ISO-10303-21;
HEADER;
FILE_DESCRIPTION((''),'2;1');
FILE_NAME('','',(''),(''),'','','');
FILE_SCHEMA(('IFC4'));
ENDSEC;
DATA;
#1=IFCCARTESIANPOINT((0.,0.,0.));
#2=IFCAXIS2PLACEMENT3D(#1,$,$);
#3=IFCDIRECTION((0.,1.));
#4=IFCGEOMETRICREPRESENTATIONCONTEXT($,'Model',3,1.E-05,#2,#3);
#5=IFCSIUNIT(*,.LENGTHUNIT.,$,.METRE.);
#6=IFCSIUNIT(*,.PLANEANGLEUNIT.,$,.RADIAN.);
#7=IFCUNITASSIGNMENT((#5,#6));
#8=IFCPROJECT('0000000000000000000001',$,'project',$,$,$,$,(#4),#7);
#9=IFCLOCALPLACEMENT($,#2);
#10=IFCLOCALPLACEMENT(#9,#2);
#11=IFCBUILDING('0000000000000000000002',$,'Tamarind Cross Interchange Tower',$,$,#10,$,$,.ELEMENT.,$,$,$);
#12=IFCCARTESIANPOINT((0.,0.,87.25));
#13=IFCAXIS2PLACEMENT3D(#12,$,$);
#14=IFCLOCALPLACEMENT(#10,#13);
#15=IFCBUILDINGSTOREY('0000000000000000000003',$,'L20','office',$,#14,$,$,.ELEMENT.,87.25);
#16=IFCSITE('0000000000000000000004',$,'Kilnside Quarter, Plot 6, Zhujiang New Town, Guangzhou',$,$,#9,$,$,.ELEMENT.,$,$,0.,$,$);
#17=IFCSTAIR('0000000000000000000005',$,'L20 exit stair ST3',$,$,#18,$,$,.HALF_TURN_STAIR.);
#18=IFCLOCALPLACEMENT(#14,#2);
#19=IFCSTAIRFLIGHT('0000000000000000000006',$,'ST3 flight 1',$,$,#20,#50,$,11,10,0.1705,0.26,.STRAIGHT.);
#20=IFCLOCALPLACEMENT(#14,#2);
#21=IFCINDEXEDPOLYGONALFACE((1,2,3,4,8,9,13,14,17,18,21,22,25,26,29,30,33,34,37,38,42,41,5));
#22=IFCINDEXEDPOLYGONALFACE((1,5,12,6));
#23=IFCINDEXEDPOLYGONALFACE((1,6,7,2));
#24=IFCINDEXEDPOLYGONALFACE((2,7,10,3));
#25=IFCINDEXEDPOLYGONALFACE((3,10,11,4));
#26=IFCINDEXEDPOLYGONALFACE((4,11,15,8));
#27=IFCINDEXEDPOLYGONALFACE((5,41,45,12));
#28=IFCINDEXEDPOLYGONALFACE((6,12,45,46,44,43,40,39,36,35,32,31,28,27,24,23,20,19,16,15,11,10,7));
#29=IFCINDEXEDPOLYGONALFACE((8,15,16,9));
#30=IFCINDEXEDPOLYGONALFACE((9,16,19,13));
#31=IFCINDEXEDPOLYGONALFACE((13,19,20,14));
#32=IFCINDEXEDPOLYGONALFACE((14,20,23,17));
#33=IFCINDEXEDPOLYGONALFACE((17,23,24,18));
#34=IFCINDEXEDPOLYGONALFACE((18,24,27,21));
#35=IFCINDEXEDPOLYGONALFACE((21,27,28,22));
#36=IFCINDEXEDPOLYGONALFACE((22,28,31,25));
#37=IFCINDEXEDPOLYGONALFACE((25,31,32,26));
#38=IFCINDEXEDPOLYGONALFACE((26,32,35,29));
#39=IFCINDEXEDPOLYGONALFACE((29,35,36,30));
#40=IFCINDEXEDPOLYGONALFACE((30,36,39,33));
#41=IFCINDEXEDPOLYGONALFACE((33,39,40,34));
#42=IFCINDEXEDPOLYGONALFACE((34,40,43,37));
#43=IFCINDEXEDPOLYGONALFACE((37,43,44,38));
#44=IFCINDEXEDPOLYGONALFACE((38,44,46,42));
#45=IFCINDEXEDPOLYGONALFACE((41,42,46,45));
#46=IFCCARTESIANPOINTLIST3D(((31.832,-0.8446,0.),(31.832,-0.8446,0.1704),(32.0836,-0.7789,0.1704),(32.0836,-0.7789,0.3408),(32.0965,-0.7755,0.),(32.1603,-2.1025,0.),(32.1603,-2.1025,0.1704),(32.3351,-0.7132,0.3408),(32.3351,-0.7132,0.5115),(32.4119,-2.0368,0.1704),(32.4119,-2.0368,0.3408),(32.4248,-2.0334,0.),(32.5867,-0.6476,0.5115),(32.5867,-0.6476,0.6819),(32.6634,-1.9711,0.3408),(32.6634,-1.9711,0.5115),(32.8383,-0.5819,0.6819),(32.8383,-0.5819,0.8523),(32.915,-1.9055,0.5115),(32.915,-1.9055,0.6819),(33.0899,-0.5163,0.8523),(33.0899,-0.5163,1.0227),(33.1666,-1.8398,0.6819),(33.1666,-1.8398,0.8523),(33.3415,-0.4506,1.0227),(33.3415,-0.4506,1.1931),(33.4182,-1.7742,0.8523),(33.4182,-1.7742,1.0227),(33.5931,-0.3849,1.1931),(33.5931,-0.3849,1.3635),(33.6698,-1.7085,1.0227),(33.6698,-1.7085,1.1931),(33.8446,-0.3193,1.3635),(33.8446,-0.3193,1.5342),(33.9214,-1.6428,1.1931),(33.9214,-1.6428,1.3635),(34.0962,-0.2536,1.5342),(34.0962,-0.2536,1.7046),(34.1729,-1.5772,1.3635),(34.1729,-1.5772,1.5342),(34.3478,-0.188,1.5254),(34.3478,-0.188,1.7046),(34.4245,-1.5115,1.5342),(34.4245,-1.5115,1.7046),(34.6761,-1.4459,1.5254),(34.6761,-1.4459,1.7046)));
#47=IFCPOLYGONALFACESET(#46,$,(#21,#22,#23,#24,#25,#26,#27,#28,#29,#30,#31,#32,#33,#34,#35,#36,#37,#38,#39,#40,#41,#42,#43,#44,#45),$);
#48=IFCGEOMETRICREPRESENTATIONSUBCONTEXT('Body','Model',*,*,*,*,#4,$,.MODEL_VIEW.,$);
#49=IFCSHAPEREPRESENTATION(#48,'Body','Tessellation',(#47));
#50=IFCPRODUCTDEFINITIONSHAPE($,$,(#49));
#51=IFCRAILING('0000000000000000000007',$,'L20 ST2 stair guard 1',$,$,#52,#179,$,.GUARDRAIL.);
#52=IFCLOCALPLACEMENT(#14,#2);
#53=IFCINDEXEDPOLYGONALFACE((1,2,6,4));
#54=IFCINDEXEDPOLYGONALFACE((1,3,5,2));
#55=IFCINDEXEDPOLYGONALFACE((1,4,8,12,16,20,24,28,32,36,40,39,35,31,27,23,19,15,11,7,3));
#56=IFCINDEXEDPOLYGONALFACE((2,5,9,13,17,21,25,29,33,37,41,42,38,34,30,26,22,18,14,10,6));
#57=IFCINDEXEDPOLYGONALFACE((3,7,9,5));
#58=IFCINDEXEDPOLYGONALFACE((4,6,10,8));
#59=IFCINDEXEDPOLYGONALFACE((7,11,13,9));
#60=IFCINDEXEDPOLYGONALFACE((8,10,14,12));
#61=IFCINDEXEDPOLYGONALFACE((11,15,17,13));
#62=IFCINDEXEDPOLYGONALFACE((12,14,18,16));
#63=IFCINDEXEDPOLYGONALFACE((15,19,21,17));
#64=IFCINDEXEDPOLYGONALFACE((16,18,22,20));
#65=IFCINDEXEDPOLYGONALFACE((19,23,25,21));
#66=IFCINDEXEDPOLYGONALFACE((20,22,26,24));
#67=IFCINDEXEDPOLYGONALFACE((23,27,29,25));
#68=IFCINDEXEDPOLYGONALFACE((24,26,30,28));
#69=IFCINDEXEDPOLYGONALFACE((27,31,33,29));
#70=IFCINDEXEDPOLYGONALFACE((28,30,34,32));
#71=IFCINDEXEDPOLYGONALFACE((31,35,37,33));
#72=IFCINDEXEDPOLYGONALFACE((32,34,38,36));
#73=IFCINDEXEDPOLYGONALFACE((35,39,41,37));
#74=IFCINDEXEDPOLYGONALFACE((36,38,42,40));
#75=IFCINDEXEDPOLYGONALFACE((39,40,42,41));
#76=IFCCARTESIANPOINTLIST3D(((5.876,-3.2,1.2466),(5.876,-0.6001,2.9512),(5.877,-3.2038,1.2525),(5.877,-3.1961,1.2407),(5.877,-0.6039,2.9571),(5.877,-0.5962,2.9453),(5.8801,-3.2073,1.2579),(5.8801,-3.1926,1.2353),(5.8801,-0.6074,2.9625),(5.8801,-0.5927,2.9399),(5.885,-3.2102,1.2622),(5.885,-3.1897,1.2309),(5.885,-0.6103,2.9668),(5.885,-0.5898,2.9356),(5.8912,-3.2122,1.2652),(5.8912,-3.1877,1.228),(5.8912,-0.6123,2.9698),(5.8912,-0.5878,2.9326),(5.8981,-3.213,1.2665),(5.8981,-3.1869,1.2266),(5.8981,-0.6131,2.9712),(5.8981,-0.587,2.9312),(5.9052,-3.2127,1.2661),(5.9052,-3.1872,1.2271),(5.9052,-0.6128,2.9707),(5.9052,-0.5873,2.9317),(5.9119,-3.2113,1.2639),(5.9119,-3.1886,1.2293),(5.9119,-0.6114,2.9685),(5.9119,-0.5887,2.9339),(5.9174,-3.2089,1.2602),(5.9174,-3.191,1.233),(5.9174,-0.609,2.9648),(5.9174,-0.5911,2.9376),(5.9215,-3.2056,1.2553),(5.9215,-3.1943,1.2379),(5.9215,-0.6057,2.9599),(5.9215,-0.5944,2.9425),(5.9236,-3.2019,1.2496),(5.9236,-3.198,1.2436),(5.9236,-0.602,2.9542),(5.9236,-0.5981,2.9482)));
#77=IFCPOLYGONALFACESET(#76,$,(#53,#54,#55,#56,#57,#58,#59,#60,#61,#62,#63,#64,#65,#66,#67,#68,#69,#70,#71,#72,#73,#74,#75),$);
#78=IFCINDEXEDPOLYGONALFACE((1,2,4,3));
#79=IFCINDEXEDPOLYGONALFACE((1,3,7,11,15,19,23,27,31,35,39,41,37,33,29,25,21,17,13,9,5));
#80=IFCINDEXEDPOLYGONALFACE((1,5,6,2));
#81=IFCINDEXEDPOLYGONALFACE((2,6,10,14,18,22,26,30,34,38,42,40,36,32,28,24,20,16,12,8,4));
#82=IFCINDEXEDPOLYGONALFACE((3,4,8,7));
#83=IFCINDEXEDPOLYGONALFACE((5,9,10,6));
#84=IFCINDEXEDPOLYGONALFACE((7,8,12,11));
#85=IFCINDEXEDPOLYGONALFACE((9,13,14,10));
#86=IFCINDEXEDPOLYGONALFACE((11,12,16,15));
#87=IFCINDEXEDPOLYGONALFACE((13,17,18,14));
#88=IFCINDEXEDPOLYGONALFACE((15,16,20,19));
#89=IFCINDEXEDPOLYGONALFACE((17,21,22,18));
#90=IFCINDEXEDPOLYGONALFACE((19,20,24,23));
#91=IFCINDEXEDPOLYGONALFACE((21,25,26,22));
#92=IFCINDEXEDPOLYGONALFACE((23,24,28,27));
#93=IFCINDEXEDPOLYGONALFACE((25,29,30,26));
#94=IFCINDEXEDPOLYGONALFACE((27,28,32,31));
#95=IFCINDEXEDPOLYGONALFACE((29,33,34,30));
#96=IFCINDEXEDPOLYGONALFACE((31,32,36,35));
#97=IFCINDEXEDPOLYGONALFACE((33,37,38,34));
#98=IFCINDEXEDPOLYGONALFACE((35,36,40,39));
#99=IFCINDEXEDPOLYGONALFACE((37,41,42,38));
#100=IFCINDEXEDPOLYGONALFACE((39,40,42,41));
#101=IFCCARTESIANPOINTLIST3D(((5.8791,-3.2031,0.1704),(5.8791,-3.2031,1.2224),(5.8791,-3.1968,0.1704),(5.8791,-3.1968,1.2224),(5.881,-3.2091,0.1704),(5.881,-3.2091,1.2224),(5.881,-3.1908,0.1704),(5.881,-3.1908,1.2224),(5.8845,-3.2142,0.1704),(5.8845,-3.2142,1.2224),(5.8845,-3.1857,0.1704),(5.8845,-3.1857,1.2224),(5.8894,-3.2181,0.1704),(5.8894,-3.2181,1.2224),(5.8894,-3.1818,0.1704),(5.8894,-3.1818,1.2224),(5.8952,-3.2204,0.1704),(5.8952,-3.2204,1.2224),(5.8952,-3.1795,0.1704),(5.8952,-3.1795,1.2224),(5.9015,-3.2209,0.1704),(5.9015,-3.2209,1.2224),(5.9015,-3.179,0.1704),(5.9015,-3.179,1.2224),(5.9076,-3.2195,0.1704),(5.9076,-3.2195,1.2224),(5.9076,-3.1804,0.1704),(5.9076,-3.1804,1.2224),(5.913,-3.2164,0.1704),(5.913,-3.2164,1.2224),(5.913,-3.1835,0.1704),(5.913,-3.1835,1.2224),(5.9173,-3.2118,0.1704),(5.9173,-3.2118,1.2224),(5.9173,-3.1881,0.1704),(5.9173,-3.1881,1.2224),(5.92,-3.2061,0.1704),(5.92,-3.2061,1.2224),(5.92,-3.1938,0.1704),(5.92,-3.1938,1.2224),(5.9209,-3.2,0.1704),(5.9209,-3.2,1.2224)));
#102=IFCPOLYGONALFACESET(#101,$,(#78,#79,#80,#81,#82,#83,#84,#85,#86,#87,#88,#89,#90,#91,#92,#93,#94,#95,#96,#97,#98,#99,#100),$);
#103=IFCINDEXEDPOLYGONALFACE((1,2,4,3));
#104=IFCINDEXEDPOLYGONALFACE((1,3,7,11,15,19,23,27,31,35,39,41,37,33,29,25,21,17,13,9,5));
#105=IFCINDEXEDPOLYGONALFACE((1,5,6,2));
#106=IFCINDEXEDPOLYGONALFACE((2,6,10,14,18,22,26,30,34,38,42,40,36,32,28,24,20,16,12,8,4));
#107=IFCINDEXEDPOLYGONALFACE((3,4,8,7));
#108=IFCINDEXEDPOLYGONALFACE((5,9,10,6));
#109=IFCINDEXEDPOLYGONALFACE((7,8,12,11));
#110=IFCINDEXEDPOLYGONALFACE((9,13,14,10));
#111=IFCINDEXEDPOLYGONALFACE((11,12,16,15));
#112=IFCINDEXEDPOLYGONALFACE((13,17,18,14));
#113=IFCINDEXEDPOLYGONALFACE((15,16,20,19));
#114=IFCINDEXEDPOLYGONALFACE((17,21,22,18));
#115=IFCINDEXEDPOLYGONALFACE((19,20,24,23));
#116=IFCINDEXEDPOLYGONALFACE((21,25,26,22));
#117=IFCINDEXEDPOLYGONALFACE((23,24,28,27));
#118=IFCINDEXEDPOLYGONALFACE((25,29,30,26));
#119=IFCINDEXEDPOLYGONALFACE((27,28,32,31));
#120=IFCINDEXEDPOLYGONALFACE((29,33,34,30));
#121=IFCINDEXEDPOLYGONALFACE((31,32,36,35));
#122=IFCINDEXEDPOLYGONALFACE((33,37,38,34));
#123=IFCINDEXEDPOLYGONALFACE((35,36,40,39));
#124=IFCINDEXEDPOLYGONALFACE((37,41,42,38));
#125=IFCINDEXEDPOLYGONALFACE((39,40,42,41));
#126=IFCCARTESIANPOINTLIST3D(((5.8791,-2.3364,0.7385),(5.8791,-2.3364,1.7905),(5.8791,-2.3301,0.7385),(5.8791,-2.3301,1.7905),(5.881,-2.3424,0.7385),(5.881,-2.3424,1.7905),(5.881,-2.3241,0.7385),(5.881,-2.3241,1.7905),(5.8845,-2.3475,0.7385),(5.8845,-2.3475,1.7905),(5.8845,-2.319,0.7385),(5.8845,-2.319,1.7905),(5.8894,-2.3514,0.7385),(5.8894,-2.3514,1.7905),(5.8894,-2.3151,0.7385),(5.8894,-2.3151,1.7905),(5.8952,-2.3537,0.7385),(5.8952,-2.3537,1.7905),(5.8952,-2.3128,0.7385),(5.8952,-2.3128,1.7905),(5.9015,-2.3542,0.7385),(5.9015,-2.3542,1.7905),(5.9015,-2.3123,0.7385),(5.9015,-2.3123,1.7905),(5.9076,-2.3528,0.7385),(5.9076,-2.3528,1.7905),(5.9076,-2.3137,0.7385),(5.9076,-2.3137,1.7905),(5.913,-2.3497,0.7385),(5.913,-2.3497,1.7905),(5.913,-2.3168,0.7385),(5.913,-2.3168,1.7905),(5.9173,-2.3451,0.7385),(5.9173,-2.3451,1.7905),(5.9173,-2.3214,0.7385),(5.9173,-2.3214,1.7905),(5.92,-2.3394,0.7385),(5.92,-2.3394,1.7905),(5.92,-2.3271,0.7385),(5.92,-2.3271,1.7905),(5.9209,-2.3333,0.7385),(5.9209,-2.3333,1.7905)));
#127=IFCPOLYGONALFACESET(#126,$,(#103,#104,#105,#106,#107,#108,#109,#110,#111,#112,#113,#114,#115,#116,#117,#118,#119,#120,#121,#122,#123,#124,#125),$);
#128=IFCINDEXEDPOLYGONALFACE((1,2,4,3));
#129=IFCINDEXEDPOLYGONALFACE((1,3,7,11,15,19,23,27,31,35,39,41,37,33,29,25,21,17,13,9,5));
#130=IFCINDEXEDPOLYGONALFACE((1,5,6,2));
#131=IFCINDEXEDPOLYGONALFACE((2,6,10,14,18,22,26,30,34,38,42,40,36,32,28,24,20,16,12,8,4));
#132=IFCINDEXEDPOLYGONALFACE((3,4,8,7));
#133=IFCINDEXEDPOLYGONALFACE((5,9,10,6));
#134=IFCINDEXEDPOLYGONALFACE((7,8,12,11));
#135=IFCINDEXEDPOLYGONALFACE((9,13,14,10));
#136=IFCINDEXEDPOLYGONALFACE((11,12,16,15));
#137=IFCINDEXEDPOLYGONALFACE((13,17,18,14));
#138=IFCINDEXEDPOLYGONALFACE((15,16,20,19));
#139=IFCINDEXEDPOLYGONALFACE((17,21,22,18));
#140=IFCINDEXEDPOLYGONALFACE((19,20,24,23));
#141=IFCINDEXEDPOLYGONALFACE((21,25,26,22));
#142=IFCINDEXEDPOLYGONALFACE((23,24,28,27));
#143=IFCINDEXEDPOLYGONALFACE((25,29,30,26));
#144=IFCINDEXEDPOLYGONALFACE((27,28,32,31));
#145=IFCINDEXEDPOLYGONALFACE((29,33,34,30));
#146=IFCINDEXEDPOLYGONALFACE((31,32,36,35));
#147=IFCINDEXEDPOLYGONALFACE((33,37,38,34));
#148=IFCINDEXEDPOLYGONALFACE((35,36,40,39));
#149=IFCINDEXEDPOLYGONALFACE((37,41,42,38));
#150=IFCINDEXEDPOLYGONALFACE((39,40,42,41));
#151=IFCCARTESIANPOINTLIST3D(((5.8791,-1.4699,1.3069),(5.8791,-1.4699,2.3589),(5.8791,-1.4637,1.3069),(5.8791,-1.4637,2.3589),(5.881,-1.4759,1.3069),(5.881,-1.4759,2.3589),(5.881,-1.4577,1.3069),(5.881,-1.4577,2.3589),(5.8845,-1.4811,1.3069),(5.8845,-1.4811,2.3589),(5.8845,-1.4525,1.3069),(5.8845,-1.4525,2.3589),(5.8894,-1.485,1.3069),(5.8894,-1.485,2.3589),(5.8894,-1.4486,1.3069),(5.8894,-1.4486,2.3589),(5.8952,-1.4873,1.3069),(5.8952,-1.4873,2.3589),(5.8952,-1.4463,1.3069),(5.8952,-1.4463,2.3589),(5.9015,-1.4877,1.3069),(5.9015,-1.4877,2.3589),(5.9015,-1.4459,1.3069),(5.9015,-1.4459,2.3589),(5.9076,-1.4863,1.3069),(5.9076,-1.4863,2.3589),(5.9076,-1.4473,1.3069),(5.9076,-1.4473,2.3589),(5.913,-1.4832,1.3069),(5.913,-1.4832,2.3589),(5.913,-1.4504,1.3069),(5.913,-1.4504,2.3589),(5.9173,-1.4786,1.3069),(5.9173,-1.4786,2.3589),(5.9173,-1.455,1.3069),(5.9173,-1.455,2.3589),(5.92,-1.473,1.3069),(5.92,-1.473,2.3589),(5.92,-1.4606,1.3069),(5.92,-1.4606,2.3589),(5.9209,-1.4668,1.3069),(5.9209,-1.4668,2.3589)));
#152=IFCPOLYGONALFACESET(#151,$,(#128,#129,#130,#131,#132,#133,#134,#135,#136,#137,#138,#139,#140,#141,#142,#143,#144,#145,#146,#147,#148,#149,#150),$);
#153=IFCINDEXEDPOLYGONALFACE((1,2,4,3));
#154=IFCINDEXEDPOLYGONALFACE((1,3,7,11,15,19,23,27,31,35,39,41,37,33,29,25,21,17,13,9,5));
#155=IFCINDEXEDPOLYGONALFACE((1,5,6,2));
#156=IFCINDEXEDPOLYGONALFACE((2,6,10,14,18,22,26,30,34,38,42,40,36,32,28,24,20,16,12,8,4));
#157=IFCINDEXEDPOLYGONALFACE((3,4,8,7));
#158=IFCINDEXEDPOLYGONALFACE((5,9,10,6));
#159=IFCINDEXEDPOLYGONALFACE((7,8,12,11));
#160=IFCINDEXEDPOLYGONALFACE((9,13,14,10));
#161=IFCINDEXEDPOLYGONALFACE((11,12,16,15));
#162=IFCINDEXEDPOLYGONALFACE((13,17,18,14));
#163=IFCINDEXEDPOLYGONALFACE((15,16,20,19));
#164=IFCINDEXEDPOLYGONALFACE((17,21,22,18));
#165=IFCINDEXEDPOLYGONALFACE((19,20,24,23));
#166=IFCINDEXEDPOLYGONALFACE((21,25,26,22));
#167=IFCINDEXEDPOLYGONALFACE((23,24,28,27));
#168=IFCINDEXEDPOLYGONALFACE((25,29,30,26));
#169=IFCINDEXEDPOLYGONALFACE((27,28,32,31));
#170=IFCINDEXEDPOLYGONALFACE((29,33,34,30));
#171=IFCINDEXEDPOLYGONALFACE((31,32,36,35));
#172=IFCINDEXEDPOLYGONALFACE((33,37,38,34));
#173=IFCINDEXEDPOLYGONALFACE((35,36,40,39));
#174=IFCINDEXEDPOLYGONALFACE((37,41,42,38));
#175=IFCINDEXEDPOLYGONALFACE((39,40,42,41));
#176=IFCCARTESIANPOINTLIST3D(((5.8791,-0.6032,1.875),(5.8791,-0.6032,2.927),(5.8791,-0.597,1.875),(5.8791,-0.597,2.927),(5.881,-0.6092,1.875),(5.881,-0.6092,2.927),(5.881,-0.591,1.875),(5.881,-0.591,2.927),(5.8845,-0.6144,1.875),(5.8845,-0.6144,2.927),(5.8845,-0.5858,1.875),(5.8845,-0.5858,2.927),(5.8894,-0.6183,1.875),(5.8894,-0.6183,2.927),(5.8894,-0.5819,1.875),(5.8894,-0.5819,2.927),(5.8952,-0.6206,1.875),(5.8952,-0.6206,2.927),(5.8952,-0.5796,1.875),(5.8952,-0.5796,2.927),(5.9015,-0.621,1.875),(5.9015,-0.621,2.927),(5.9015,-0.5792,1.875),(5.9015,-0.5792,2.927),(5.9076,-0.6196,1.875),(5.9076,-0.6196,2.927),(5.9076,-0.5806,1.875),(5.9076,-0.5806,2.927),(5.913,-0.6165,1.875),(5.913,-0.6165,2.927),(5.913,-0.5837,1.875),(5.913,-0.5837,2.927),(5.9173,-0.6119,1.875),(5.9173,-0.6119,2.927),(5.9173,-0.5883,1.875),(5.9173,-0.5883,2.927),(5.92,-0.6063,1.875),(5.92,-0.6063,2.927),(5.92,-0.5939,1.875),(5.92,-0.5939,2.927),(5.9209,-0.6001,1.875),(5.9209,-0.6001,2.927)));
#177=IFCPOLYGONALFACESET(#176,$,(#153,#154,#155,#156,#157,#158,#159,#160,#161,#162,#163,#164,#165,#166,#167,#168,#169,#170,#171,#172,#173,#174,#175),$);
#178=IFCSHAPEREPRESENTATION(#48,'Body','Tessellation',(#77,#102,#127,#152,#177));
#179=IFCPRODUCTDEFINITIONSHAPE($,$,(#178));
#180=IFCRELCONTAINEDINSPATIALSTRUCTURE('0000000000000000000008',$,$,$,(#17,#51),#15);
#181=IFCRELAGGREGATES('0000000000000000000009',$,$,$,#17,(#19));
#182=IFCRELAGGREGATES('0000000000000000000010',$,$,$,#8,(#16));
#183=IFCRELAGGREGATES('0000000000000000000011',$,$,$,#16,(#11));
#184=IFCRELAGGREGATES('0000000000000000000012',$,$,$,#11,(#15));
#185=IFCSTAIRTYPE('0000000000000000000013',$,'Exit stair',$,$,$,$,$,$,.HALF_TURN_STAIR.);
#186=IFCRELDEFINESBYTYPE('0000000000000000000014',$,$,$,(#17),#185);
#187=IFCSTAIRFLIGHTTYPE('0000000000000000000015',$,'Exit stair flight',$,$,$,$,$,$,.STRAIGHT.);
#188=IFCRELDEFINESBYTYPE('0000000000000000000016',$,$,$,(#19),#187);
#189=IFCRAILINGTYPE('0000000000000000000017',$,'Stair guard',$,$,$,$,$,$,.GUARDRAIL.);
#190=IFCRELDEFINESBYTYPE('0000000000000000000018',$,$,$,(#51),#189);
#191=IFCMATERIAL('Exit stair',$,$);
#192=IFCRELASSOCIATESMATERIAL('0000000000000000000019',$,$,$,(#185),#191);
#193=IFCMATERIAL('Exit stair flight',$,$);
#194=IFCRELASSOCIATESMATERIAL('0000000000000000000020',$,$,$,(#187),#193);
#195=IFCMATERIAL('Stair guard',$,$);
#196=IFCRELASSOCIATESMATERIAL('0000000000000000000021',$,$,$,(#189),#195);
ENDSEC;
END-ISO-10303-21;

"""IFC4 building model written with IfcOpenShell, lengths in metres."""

from ifc_helpers import new_model, si_unit, direction, frame, origin, origin_2d, place, context, subcontext, project, spatial, polyline, circle, outline, extrude, material, type_object, element, aggregate, save


model = new_model("IFC4")

# Units and contexts
model_context = context("Model", 3, precision=1e-05, world=origin(), true_north=direction((0.0, 1.0)))
body_context = subcontext(model_context, "Body", "Model", "MODEL_VIEW")
ifc_project = project(units=[si_unit("LENGTHUNIT", "METRE"), si_unit("PLANEANGLEUNIT", "RADIAN")], contexts=[model_context])

# Site, building, storey
site_placement = place(None, origin())
site = spatial("IfcSite", under=ifc_project, at=site_placement, Name="Kilnside Quarter, Plot 6, Zhujiang New Town, Guangzhou", CompositionType="ELEMENT", RefElevation=0.0)
building_placement = place(site_placement, origin())
building = spatial("IfcBuilding", under=site, at=building_placement, Name="Tamarind Cross Interchange Tower", CompositionType="ELEMENT")
storey_placement = place(building_placement, frame((0.0, 0.0, 87.25)))
storey = spatial("IfcBuildingStorey", under=building, at=storey_placement, Name="L20", Description="office", CompositionType="ELEMENT", Elevation=87.25)

# Stair, stair flight
ifc_material_1 = material(Name="Exit stair")
stair_type = type_object("IfcStairType", Name="Exit stair", PredefinedType="HALF_TURN_STAIR", material=ifc_material_1)
ifc_material_2 = material(Name="Exit stair flight")
stair_flight_type = type_object("IfcStairFlightType", Name="Exit stair flight", PredefinedType="STRAIGHT", material=ifc_material_2)
stair_1_placement = place(storey_placement, origin())
stair_1 = element("IfcStair", 1, at=stair_1_placement, inside=storey, type_object=stair_type, Name="L20 exit stair ST3", PredefinedType="HALF_TURN_STAIR")
stair_flight_1_placement = place(storey_placement, frame((31.9961, -1.4734, 0.0), z_axis=(0.0, 0.0, 1.0), x_axis=(0.967589, 0.252529, 0.0)))
stair_flight_1 = element("IfcStairFlight", 2, at=stair_flight_1_placement, type_object=stair_flight_type, Name="ST3 flight 1", NumberOfRisers=11, NumberOfTreads=10, PredefinedType="STRAIGHT", RiserHeight=0.1705, TreadLength=0.26, context=body_context, shape_type="SweptSolid", body=[
    extrude(outline(polyline([(0.0, 0.0), (0.0, 0.1704), (0.26, 0.1704), (0.26, 0.3408), (0.52, 0.3408), (0.52, 0.5115), (0.78, 0.5115), (0.78, 0.6819), (1.04, 0.6819), (1.04, 0.8523), (1.3, 0.8523), (1.3, 1.0227), (1.5601, 1.0227), (1.5601, 1.1931), (1.8201, 1.1931), (1.8201, 1.3635), (2.0801, 1.3635), (2.0801, 1.5342), (2.3401, 1.5342), (2.3401, 1.7046), (2.6001, 1.7046), (2.6001, 1.875), (2.6001, 1.5254), (0.2734, 0.0), (0.0, 0.0)])), frame((0.0, 0.6499, 0.0), z_axis=(0.0, -1.0, 0.0), x_axis=(1.0, 0.0, 0.0)), (0.0, 0.0, 1.0), 1.3),
])
aggregate(stair_1, [stair_flight_1])

# Railing
ifc_material_3 = material(Name="Stair guard")
railing_type_1 = type_object("IfcRailingType", Name="Stair guard", PredefinedType="GUARDRAIL", material=ifc_material_3)
railing_1_placement = place(storey_placement, frame((5.8999, -3.2, 0.1704)))
element("IfcRailing", 3, at=railing_1_placement, inside=storey, type_object=railing_type_1, Name="L20 ST2 stair guard 1", PredefinedType="GUARDRAIL", context=body_context, shape_type="SweptSolid", body=[
    extrude(circle(Radius=0.0239, at=origin_2d()), frame((0.0, 0.0, 1.0762), z_axis=(0.0, 0.836279, 0.548305), x_axis=(-1.0, 0.0, 0.0)), (0.0, 0.0, 1.0), 3.1089),
    extrude(circle(Radius=0.021, at=origin_2d()), origin(), (0.0, 0.0, 1.0), 1.052),
    extrude(circle(Radius=0.021, at=origin_2d()), frame((0.0, 0.8667, 0.5681)), (0.0, 0.0, 1.0), 1.052),
    extrude(circle(Radius=0.021, at=origin_2d()), frame((0.0, 1.7332, 1.1365)), (0.0, 0.0, 1.0), 1.052),
    extrude(circle(Radius=0.021, at=origin_2d()), frame((0.0, 2.5999, 1.7046)), (0.0, 0.0, 1.0), 1.052),
])

save(model, "model.ifc")
